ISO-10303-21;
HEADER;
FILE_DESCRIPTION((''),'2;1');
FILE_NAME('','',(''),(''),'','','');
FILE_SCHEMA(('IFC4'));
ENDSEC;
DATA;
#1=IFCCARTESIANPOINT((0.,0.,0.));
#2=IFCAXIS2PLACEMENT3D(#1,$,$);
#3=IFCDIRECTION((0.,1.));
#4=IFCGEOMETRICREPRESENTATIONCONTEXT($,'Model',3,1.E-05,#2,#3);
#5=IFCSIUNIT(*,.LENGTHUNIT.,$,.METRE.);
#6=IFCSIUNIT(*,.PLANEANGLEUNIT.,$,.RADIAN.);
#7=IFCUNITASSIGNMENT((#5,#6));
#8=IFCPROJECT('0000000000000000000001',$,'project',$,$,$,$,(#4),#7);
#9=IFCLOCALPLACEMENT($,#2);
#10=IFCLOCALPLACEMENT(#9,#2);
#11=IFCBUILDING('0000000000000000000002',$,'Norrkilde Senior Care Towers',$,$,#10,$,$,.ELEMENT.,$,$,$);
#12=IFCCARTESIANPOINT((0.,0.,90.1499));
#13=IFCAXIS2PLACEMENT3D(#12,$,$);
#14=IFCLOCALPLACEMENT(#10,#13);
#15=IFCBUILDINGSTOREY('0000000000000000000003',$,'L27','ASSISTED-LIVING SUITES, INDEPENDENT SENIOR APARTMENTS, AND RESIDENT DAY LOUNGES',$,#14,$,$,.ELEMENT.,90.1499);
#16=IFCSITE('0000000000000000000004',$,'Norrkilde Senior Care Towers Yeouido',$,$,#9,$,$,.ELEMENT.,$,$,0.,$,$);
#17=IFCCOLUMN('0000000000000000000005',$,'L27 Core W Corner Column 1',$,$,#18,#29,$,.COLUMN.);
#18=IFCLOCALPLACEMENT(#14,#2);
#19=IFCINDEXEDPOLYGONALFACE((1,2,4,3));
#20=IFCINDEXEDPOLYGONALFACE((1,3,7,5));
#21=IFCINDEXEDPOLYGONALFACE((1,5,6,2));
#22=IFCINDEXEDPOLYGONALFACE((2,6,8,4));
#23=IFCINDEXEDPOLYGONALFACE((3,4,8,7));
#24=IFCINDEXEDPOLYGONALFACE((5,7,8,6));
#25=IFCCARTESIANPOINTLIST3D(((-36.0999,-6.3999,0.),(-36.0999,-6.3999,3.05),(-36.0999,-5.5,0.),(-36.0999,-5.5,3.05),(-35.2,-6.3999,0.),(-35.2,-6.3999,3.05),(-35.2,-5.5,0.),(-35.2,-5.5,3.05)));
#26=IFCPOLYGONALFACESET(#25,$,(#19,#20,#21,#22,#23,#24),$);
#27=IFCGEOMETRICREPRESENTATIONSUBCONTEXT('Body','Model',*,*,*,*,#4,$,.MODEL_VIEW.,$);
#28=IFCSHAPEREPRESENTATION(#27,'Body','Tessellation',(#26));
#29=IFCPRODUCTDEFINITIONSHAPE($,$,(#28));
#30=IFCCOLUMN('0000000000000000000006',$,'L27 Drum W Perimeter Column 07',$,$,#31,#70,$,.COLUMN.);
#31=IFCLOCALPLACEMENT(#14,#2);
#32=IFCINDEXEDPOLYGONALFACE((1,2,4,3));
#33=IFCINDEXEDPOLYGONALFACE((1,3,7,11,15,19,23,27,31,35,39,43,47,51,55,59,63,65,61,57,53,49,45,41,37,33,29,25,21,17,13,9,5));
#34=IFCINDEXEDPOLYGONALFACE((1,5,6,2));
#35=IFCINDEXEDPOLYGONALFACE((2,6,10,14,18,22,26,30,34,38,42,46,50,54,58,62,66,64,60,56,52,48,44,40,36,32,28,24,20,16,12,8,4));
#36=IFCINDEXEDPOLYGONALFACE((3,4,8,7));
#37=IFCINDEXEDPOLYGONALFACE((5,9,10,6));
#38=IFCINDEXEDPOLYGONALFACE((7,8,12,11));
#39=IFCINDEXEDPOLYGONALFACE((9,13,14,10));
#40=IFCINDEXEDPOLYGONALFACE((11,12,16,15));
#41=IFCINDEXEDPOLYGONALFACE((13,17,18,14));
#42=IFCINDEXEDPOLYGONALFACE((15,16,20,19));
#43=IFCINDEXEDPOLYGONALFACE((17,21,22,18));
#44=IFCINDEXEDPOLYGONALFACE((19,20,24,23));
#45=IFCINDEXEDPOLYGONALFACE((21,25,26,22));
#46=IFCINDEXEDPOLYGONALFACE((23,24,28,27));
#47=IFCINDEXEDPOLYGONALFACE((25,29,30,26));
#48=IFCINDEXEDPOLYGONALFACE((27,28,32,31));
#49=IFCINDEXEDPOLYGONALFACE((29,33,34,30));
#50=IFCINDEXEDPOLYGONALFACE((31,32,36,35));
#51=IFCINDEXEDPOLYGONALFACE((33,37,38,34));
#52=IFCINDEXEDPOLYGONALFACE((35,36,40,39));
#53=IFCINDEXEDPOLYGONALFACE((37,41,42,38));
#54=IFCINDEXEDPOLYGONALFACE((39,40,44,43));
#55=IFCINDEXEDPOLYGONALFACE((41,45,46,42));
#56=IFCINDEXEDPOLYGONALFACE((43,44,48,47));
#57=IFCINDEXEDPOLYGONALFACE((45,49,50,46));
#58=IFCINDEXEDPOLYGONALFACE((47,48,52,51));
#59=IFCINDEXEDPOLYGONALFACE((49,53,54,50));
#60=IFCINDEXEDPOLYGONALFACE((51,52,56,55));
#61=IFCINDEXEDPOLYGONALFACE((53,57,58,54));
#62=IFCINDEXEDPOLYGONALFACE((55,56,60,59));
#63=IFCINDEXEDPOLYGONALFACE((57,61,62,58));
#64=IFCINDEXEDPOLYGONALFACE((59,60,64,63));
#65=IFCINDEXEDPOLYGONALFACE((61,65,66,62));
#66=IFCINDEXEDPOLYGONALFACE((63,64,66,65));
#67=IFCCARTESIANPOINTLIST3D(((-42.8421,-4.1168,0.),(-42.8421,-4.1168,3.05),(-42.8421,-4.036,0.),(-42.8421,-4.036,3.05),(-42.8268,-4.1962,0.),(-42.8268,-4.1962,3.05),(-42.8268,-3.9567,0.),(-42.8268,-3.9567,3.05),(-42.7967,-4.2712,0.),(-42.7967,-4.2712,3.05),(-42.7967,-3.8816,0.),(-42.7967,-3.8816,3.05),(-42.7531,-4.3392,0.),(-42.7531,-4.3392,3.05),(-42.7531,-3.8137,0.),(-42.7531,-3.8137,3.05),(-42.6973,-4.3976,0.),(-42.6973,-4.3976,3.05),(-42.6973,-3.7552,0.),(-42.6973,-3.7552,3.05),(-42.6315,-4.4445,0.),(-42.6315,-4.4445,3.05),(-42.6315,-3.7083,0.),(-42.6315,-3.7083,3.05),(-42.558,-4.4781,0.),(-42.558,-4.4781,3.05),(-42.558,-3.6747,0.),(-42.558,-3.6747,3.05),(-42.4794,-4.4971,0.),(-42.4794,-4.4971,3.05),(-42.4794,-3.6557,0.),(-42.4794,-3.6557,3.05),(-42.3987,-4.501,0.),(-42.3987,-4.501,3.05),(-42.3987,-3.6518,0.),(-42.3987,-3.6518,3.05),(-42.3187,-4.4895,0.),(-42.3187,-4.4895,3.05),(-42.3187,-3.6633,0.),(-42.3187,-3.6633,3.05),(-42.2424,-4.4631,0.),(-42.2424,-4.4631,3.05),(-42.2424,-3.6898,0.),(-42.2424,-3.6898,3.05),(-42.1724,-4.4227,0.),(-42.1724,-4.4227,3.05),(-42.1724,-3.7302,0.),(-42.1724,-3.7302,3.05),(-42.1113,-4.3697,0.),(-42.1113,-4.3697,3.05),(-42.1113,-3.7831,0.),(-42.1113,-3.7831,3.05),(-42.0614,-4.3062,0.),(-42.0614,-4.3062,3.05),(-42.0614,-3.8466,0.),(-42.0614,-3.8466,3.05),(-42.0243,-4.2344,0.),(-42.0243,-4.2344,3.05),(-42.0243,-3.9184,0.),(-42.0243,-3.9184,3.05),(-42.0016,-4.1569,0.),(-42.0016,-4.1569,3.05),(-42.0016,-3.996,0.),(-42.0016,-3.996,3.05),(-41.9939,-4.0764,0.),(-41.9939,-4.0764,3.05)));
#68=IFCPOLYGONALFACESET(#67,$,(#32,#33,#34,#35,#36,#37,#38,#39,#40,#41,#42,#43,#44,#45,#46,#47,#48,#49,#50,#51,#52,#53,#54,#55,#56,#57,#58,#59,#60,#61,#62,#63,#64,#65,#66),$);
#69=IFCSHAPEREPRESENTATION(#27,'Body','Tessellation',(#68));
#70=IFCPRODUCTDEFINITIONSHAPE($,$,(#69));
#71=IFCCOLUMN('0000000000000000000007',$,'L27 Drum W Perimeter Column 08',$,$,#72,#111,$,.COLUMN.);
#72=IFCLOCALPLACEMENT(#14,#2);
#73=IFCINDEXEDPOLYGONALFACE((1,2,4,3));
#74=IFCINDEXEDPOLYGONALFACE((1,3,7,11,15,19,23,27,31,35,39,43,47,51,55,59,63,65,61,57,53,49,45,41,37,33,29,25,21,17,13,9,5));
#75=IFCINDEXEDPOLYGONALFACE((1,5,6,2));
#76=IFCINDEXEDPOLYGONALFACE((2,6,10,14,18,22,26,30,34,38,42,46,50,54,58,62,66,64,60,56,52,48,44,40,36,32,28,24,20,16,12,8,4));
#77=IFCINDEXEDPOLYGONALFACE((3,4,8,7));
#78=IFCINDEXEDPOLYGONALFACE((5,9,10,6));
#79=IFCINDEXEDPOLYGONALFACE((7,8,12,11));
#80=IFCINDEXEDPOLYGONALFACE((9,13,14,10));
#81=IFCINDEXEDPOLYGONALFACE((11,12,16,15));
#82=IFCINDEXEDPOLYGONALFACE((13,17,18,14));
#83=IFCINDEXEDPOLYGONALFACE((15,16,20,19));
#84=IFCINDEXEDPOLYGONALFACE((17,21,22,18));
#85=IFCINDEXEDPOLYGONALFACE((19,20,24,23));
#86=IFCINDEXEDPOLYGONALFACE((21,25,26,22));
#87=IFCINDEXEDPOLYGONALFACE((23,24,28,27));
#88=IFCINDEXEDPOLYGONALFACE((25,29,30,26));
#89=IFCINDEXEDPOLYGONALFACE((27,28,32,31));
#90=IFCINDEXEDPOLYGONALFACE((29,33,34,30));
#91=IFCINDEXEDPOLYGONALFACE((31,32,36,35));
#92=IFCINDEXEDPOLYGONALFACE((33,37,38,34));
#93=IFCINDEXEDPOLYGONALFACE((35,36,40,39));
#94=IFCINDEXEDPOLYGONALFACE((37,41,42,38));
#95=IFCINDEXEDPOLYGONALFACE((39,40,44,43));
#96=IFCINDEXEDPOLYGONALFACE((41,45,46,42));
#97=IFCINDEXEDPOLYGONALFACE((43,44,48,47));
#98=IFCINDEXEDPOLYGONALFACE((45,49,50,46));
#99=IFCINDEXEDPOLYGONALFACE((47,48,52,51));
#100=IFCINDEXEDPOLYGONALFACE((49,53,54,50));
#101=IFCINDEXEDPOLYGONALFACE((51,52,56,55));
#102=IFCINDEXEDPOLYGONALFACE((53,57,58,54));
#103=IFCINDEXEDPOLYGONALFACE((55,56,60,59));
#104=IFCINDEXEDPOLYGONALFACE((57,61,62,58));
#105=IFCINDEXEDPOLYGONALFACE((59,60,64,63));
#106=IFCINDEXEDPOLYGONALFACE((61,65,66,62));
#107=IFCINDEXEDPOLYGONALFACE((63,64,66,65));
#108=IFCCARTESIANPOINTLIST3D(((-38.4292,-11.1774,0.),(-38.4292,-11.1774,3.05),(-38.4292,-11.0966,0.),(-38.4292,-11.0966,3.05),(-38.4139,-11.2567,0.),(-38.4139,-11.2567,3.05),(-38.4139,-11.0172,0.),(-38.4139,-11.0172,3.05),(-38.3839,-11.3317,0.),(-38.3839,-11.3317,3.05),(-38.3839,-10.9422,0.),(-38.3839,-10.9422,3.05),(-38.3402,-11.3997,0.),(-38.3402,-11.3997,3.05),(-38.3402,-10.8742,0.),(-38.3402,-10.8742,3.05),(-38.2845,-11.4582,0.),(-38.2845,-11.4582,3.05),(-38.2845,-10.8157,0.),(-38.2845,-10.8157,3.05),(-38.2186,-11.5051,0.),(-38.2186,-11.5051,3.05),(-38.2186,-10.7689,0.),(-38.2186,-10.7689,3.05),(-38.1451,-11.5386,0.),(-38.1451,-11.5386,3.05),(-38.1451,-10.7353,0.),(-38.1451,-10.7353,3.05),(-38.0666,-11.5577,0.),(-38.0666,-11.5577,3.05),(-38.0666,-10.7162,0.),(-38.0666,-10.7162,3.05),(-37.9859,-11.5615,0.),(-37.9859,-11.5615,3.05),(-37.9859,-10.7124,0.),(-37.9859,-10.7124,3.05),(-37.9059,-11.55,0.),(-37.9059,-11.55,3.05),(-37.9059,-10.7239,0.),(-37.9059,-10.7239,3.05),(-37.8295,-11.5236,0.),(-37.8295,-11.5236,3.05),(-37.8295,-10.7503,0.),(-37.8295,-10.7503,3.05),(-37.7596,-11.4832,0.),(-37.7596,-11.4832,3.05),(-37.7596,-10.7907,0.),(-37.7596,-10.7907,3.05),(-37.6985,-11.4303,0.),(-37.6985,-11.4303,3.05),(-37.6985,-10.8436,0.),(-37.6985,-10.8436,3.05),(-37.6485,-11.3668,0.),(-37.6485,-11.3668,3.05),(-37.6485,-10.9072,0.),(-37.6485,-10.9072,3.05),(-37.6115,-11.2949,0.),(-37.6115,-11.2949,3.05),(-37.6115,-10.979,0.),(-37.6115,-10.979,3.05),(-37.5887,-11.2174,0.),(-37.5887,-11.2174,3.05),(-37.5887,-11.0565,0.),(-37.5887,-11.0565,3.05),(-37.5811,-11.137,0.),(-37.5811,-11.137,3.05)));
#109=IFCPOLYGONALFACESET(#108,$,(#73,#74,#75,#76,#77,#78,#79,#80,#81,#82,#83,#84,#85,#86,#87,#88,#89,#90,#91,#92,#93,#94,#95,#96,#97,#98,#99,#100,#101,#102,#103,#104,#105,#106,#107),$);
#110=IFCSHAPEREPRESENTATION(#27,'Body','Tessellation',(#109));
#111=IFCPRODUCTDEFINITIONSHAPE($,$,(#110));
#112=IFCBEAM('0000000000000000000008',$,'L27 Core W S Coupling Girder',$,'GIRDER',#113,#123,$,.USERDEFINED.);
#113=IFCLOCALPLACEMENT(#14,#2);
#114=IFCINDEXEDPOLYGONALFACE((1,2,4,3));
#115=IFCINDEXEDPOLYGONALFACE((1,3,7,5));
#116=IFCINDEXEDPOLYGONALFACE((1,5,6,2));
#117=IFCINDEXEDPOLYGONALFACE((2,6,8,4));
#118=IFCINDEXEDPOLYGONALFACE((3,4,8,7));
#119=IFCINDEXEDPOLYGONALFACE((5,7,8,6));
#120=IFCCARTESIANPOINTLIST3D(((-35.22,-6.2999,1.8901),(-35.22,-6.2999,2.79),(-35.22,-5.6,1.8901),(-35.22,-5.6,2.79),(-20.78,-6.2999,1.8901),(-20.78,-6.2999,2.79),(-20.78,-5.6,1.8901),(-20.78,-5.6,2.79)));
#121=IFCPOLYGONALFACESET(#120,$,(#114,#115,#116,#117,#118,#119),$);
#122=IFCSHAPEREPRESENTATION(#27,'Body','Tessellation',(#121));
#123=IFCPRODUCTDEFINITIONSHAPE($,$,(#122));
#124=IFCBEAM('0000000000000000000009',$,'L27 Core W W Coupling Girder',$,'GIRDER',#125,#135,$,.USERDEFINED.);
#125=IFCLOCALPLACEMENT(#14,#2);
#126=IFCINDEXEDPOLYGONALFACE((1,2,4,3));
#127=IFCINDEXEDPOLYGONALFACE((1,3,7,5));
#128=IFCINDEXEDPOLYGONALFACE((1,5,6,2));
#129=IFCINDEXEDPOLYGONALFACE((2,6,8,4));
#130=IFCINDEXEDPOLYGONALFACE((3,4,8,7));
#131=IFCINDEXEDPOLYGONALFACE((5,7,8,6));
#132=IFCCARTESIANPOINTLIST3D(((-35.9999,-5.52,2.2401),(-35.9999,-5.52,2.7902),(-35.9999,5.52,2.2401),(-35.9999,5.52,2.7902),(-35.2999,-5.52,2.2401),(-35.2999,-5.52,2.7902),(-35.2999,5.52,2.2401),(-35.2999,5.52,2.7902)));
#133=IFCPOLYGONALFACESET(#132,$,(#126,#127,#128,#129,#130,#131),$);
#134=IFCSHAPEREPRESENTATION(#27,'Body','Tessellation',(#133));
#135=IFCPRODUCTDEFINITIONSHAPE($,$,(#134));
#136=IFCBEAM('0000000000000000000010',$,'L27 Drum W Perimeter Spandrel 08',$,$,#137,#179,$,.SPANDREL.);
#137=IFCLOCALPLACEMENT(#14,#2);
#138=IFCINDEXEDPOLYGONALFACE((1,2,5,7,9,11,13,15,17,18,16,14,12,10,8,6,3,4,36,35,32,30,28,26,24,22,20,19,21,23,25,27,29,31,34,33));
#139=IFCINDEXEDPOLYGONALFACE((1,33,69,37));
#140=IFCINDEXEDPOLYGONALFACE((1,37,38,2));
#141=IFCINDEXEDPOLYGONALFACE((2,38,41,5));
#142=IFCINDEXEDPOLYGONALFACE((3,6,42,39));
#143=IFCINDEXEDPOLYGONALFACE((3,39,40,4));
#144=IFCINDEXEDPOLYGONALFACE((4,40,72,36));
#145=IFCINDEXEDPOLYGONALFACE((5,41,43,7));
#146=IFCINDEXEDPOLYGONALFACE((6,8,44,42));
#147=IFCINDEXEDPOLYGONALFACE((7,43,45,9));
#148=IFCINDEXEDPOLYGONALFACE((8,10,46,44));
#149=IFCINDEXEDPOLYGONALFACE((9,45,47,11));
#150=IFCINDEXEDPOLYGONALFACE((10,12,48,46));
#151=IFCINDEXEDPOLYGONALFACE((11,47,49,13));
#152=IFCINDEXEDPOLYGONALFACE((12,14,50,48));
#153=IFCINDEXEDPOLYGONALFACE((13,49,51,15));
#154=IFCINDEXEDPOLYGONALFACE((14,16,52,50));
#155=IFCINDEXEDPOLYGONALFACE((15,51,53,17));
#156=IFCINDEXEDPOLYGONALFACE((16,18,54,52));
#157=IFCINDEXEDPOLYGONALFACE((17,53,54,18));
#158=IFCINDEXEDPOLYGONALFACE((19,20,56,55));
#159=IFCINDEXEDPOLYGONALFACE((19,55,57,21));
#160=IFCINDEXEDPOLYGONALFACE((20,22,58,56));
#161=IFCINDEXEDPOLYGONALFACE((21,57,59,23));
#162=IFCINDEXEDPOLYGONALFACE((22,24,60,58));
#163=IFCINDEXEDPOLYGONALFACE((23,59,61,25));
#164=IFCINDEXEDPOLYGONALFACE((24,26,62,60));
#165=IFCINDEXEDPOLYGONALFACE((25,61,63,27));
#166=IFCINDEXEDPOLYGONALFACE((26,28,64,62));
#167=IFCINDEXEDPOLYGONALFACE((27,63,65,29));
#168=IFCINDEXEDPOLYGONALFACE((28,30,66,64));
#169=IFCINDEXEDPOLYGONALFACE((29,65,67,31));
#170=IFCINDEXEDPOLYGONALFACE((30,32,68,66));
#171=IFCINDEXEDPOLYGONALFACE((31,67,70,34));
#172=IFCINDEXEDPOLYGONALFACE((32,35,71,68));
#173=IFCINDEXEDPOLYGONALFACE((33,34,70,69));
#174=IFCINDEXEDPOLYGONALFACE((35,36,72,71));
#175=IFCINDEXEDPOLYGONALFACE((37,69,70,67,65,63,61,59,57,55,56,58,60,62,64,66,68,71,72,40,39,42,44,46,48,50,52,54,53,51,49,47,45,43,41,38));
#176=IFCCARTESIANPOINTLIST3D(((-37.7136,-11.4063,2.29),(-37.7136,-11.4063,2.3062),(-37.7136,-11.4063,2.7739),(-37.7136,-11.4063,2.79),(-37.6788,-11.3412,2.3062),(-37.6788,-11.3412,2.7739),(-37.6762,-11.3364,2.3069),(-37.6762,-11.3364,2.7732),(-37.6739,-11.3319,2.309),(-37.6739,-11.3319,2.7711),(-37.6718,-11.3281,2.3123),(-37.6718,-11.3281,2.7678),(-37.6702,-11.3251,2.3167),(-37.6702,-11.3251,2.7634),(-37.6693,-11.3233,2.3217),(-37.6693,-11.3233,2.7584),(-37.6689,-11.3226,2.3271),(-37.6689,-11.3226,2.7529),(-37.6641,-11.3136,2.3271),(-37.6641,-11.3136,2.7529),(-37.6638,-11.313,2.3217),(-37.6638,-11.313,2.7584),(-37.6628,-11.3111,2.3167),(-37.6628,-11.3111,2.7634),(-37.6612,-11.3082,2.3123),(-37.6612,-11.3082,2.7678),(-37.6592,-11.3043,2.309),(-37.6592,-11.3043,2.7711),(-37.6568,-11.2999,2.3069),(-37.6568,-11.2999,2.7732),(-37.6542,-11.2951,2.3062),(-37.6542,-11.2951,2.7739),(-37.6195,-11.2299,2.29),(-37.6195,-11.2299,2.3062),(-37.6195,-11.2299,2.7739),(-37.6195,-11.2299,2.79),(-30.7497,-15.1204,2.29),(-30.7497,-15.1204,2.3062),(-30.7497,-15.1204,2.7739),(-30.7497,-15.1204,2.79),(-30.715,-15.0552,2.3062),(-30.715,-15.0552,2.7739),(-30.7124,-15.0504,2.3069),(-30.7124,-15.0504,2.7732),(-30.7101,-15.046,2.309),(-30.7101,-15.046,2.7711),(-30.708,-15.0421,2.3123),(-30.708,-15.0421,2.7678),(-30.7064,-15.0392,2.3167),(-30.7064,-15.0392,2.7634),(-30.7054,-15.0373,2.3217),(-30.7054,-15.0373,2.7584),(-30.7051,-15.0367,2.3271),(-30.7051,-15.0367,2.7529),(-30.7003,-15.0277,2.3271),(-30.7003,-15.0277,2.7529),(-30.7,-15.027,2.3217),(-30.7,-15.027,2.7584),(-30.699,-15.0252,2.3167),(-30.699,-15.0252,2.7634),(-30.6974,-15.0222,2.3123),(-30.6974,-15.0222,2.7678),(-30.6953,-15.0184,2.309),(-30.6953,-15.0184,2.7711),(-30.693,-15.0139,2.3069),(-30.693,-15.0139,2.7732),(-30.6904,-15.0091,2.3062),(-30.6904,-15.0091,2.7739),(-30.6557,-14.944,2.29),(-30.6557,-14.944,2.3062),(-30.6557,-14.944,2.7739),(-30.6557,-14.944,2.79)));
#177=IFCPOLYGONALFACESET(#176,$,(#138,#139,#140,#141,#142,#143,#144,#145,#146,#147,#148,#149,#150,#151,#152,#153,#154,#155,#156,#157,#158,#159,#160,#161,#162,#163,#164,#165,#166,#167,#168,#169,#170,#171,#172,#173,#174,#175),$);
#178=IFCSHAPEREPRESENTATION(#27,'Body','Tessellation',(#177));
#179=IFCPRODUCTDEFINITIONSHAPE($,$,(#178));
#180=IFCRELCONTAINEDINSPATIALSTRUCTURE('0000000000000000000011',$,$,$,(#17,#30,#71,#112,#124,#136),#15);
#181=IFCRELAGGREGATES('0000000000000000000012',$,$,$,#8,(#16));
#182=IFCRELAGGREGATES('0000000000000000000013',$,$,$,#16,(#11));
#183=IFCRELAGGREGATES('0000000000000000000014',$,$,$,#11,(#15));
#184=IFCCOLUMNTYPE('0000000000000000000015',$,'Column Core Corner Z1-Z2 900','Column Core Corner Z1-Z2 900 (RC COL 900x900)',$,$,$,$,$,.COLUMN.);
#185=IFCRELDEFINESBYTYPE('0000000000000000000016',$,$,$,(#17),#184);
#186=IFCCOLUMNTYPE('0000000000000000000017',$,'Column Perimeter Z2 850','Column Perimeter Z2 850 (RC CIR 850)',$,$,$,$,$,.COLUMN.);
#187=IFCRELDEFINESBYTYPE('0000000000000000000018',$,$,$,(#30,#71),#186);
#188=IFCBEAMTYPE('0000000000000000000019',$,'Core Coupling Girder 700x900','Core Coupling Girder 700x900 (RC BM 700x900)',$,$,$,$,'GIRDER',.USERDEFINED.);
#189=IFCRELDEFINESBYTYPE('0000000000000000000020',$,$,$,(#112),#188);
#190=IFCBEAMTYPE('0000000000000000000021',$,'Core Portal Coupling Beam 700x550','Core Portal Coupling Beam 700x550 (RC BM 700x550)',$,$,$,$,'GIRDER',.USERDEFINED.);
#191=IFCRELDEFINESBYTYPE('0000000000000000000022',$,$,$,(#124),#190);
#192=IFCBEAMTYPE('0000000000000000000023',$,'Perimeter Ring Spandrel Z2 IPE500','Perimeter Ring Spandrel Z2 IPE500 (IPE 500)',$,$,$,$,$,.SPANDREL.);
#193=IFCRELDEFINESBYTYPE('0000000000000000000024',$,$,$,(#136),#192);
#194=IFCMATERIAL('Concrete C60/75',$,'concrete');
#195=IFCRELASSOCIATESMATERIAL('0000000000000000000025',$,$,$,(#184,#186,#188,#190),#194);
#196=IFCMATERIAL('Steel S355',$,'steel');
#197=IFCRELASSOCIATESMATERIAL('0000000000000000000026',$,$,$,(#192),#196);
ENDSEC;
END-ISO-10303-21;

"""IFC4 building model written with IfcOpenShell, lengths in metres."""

from ifc_helpers import new_model, si_unit, direction, frame, origin, origin_2d, place, context, subcontext, project, spatial, rectangle, circle, i_section, extrude, source, transform, mapped, material, material_profile, profile_set, type_object, type_shapes, element, save


model = new_model("IFC4")

# Units and contexts
model_context = context("Model", 3, precision=1e-05, world=origin(), true_north=direction((0.0, 1.0)))
body_context = subcontext(model_context, "Body", "Model", "MODEL_VIEW")
ifc_project = project(units=[si_unit("LENGTHUNIT", "METRE"), si_unit("PLANEANGLEUNIT", "RADIAN")], contexts=[model_context])

# Site, building, storey
site_placement = place(None, origin())
site = spatial("IfcSite", under=ifc_project, at=site_placement, Name="Norrkilde Senior Care Towers Yeouido", CompositionType="ELEMENT", RefElevation=0.0)
building_placement = place(site_placement, origin())
building = spatial("IfcBuilding", under=site, at=building_placement, Name="Norrkilde Senior Care Towers", CompositionType="ELEMENT")
storey_placement = place(building_placement, frame((0.0, 0.0, 90.1499)))
storey = spatial("IfcBuildingStorey", under=building, at=storey_placement, Name="L27", Description="ASSISTED-LIVING SUITES, INDEPENDENT SENIOR APARTMENTS, AND RESIDENT DAY LOUNGES", CompositionType="ELEMENT", Elevation=90.1499)

# Columns
ifc_material_1 = material(Name="Concrete C60/75", Category="concrete")
ifc_material_profile_1 = material_profile(ifc_material_1, rectangle(XDim=0.8999, YDim=0.8999, at=origin_2d()), Name="RC COL 900x900")
ifc_profile_set_1 = profile_set([ifc_material_profile_1], Name="Concrete C60/75")
column_type_1 = type_object("IfcColumnType", Name="Column Core Corner Z1-Z2 900", Description="Column Core Corner Z1-Z2 900 (RC COL 900x900)", PredefinedType="COLUMN", material=ifc_profile_set_1)
shared_shape_1 = source(origin(), body_context, "Body", "SweptSolid", [
    extrude(rectangle(XDim=0.8999, YDim=0.8999, at=origin_2d()), origin(), (0.0, 0.0, 1.0), 3.05),
])
type_shapes(column_type_1, [shared_shape_1])
column_placement = place(storey_placement, frame((-35.6499, -5.95, 0.0), z_axis=(0.0, 0.0, 1.0), x_axis=(1.0, 0.0, 0.0)))
element("IfcColumn", 1, at=column_placement, inside=storey, type_object=column_type_1, Name="L27 Core W Corner Column 1", PredefinedType="COLUMN", context=body_context, shape_type="MappedRepresentation", body=[
    mapped(shared_shape_1, transform((0.0, 0.0, 0.0), x_axis=(1.0, 0.0, 0.0), y_axis=(0.0, 1.0, 0.0), z_axis=(0.0, 0.0, 1.0), scale=1.0)),
])
ifc_material_profile_2 = material_profile(ifc_material_1, circle(Radius=0.425, at=origin_2d()), Name="RC CIR 850")
ifc_profile_set_2 = profile_set([ifc_material_profile_2], Name="Concrete C60/75")
column_type_2 = type_object("IfcColumnType", Name="Column Perimeter Z2 850", Description="Column Perimeter Z2 850 (RC CIR 850)", PredefinedType="COLUMN", material=ifc_profile_set_2)
shared_shape_2 = source(origin(), body_context, "Body", "SweptSolid", [
    extrude(circle(Radius=0.425, at=origin_2d()), origin(), (0.0, 0.0, 1.0), 3.05),
])
type_shapes(column_type_2, [shared_shape_2])
for number, where, z_axis, x_axis, name in (
    (2, (-42.4189, -4.0764, 0.0), (0.0, 0.0, 1.0), (1.0, 0.0, 0.0), "L27 Drum W Perimeter Column 07"),
    (3, (-38.0061, -11.137, 0.0), (0.0, 0.0, 1.0), (1.0, 0.0, 0.0), "L27 Drum W Perimeter Column 08"),
):
    element("IfcColumn", number, at=place(storey_placement, frame(where, z_axis=z_axis, x_axis=x_axis)), inside=storey, type_object=column_type_2, Name=name, PredefinedType="COLUMN", context=body_context, shape_type="MappedRepresentation", body=[
        mapped(shared_shape_2, transform((0.0, 0.0, 0.0), x_axis=(1.0, 0.0, 0.0), y_axis=(0.0, 1.0, 0.0), z_axis=(0.0, 0.0, 1.0), scale=1.0)),
    ])

# Beams
ifc_material_profile_3 = material_profile(ifc_material_1, rectangle(XDim=0.7, YDim=0.8999, at=origin_2d()), Name="RC BM 700x900")
ifc_profile_set_3 = profile_set([ifc_material_profile_3], Name="Concrete C60/75")
beam_type_1 = type_object("IfcBeamType", Name="Core Coupling Girder 700x900", Description="Core Coupling Girder 700x900 (RC BM 700x900)", ElementType="GIRDER", PredefinedType="USERDEFINED", material=ifc_profile_set_3)
shared_shape_3 = source(origin(), body_context, "Body", "SweptSolid", [
    extrude(rectangle(XDim=0.7, YDim=0.8999, at=origin_2d()), origin(), (0.0, 0.0, 1.0), 14.4399),
])
type_shapes(beam_type_1, [shared_shape_3])
beam_1_placement = place(storey_placement, frame((-35.22, -5.95, 2.3401), z_axis=(1.0, 0.0, 0.0), x_axis=(0.0, 1.0, 0.0)))
element("IfcBeam", 4, at=beam_1_placement, inside=storey, type_object=beam_type_1, Name="L27 Core W S Coupling Girder", ObjectType="GIRDER", PredefinedType="USERDEFINED", context=body_context, shape_type="MappedRepresentation", body=[
    mapped(shared_shape_3, transform((0.0, 0.0, 0.0), x_axis=(1.0, 0.0, 0.0), y_axis=(0.0, 1.0, 0.0), z_axis=(0.0, 0.0, 1.0), scale=1.0)),
])
ifc_material_profile_4 = material_profile(ifc_material_1, rectangle(XDim=0.7, YDim=0.55, at=origin_2d()), Name="RC BM 700x550")
ifc_profile_set_4 = profile_set([ifc_material_profile_4], Name="Concrete C60/75")
beam_type_2 = type_object("IfcBeamType", Name="Core Portal Coupling Beam 700x550", Description="Core Portal Coupling Beam 700x550 (RC BM 700x550)", ElementType="GIRDER", PredefinedType="USERDEFINED", material=ifc_profile_set_4)
shared_shape_4 = source(origin(), body_context, "Body", "SweptSolid", [
    extrude(rectangle(XDim=0.7, YDim=0.55, at=origin_2d()), origin(), (0.0, 0.0, 1.0), 11.04),
])
type_shapes(beam_type_2, [shared_shape_4])
beam_2_placement = place(storey_placement, frame((-35.6499, -5.52, 2.5151), z_axis=(0.0, 1.0, 0.0), x_axis=(-1.0, 0.0, 0.0)))
element("IfcBeam", 5, at=beam_2_placement, inside=storey, type_object=beam_type_2, Name="L27 Core W W Coupling Girder", ObjectType="GIRDER", PredefinedType="USERDEFINED", context=body_context, shape_type="MappedRepresentation", body=[
    mapped(shared_shape_4, transform((0.0, 0.0, 0.0), x_axis=(1.0, 0.0, 0.0), y_axis=(0.0, 1.0, 0.0), z_axis=(0.0, 0.0, 1.0), scale=1.0)),
])
ifc_material_2 = material(Name="Steel S355", Category="steel")
ifc_material_profile_5 = material_profile(ifc_material_2, i_section(OverallWidth=0.2, OverallDepth=0.5, WebThickness=0.0103, FlangeThickness=0.0161, FilletRadius=0.021, at=origin_2d()), Name="IPE 500")
ifc_profile_set_5 = profile_set([ifc_material_profile_5], Name="Steel S355")
beam_type_3 = type_object("IfcBeamType", Name="Perimeter Ring Spandrel Z2 IPE500", Description="Perimeter Ring Spandrel Z2 IPE500 (IPE 500)", PredefinedType="SPANDREL", material=ifc_profile_set_5)
shared_shape_5 = source(origin(), body_context, "Body", "SweptSolid", [
    extrude(i_section(OverallWidth=0.2, OverallDepth=0.5, WebThickness=0.0103, FlangeThickness=0.0161, FilletRadius=0.021, at=origin_2d()), origin(), (0.0, 0.0, 1.0), 7.8923),
])
beam_3_placement = place(storey_placement, frame((-37.6665, -11.3181, 2.54), z_axis=(0.88235, -0.470593, 0.0), x_axis=(0.470593, 0.88235, 0.0)))
element("IfcBeam", 6, at=beam_3_placement, inside=storey, type_object=beam_type_3, Name="L27 Drum W Perimeter Spandrel 08", PredefinedType="SPANDREL", context=body_context, shape_type="MappedRepresentation", body=[
    mapped(shared_shape_5, transform((0.0, 0.0, 0.0), x_axis=(1.0, 0.0, 0.0), y_axis=(0.0, 1.0, 0.0), z_axis=(0.0, 0.0, 1.0), scale=1.0)),
])

save(model, "model.ifc")
